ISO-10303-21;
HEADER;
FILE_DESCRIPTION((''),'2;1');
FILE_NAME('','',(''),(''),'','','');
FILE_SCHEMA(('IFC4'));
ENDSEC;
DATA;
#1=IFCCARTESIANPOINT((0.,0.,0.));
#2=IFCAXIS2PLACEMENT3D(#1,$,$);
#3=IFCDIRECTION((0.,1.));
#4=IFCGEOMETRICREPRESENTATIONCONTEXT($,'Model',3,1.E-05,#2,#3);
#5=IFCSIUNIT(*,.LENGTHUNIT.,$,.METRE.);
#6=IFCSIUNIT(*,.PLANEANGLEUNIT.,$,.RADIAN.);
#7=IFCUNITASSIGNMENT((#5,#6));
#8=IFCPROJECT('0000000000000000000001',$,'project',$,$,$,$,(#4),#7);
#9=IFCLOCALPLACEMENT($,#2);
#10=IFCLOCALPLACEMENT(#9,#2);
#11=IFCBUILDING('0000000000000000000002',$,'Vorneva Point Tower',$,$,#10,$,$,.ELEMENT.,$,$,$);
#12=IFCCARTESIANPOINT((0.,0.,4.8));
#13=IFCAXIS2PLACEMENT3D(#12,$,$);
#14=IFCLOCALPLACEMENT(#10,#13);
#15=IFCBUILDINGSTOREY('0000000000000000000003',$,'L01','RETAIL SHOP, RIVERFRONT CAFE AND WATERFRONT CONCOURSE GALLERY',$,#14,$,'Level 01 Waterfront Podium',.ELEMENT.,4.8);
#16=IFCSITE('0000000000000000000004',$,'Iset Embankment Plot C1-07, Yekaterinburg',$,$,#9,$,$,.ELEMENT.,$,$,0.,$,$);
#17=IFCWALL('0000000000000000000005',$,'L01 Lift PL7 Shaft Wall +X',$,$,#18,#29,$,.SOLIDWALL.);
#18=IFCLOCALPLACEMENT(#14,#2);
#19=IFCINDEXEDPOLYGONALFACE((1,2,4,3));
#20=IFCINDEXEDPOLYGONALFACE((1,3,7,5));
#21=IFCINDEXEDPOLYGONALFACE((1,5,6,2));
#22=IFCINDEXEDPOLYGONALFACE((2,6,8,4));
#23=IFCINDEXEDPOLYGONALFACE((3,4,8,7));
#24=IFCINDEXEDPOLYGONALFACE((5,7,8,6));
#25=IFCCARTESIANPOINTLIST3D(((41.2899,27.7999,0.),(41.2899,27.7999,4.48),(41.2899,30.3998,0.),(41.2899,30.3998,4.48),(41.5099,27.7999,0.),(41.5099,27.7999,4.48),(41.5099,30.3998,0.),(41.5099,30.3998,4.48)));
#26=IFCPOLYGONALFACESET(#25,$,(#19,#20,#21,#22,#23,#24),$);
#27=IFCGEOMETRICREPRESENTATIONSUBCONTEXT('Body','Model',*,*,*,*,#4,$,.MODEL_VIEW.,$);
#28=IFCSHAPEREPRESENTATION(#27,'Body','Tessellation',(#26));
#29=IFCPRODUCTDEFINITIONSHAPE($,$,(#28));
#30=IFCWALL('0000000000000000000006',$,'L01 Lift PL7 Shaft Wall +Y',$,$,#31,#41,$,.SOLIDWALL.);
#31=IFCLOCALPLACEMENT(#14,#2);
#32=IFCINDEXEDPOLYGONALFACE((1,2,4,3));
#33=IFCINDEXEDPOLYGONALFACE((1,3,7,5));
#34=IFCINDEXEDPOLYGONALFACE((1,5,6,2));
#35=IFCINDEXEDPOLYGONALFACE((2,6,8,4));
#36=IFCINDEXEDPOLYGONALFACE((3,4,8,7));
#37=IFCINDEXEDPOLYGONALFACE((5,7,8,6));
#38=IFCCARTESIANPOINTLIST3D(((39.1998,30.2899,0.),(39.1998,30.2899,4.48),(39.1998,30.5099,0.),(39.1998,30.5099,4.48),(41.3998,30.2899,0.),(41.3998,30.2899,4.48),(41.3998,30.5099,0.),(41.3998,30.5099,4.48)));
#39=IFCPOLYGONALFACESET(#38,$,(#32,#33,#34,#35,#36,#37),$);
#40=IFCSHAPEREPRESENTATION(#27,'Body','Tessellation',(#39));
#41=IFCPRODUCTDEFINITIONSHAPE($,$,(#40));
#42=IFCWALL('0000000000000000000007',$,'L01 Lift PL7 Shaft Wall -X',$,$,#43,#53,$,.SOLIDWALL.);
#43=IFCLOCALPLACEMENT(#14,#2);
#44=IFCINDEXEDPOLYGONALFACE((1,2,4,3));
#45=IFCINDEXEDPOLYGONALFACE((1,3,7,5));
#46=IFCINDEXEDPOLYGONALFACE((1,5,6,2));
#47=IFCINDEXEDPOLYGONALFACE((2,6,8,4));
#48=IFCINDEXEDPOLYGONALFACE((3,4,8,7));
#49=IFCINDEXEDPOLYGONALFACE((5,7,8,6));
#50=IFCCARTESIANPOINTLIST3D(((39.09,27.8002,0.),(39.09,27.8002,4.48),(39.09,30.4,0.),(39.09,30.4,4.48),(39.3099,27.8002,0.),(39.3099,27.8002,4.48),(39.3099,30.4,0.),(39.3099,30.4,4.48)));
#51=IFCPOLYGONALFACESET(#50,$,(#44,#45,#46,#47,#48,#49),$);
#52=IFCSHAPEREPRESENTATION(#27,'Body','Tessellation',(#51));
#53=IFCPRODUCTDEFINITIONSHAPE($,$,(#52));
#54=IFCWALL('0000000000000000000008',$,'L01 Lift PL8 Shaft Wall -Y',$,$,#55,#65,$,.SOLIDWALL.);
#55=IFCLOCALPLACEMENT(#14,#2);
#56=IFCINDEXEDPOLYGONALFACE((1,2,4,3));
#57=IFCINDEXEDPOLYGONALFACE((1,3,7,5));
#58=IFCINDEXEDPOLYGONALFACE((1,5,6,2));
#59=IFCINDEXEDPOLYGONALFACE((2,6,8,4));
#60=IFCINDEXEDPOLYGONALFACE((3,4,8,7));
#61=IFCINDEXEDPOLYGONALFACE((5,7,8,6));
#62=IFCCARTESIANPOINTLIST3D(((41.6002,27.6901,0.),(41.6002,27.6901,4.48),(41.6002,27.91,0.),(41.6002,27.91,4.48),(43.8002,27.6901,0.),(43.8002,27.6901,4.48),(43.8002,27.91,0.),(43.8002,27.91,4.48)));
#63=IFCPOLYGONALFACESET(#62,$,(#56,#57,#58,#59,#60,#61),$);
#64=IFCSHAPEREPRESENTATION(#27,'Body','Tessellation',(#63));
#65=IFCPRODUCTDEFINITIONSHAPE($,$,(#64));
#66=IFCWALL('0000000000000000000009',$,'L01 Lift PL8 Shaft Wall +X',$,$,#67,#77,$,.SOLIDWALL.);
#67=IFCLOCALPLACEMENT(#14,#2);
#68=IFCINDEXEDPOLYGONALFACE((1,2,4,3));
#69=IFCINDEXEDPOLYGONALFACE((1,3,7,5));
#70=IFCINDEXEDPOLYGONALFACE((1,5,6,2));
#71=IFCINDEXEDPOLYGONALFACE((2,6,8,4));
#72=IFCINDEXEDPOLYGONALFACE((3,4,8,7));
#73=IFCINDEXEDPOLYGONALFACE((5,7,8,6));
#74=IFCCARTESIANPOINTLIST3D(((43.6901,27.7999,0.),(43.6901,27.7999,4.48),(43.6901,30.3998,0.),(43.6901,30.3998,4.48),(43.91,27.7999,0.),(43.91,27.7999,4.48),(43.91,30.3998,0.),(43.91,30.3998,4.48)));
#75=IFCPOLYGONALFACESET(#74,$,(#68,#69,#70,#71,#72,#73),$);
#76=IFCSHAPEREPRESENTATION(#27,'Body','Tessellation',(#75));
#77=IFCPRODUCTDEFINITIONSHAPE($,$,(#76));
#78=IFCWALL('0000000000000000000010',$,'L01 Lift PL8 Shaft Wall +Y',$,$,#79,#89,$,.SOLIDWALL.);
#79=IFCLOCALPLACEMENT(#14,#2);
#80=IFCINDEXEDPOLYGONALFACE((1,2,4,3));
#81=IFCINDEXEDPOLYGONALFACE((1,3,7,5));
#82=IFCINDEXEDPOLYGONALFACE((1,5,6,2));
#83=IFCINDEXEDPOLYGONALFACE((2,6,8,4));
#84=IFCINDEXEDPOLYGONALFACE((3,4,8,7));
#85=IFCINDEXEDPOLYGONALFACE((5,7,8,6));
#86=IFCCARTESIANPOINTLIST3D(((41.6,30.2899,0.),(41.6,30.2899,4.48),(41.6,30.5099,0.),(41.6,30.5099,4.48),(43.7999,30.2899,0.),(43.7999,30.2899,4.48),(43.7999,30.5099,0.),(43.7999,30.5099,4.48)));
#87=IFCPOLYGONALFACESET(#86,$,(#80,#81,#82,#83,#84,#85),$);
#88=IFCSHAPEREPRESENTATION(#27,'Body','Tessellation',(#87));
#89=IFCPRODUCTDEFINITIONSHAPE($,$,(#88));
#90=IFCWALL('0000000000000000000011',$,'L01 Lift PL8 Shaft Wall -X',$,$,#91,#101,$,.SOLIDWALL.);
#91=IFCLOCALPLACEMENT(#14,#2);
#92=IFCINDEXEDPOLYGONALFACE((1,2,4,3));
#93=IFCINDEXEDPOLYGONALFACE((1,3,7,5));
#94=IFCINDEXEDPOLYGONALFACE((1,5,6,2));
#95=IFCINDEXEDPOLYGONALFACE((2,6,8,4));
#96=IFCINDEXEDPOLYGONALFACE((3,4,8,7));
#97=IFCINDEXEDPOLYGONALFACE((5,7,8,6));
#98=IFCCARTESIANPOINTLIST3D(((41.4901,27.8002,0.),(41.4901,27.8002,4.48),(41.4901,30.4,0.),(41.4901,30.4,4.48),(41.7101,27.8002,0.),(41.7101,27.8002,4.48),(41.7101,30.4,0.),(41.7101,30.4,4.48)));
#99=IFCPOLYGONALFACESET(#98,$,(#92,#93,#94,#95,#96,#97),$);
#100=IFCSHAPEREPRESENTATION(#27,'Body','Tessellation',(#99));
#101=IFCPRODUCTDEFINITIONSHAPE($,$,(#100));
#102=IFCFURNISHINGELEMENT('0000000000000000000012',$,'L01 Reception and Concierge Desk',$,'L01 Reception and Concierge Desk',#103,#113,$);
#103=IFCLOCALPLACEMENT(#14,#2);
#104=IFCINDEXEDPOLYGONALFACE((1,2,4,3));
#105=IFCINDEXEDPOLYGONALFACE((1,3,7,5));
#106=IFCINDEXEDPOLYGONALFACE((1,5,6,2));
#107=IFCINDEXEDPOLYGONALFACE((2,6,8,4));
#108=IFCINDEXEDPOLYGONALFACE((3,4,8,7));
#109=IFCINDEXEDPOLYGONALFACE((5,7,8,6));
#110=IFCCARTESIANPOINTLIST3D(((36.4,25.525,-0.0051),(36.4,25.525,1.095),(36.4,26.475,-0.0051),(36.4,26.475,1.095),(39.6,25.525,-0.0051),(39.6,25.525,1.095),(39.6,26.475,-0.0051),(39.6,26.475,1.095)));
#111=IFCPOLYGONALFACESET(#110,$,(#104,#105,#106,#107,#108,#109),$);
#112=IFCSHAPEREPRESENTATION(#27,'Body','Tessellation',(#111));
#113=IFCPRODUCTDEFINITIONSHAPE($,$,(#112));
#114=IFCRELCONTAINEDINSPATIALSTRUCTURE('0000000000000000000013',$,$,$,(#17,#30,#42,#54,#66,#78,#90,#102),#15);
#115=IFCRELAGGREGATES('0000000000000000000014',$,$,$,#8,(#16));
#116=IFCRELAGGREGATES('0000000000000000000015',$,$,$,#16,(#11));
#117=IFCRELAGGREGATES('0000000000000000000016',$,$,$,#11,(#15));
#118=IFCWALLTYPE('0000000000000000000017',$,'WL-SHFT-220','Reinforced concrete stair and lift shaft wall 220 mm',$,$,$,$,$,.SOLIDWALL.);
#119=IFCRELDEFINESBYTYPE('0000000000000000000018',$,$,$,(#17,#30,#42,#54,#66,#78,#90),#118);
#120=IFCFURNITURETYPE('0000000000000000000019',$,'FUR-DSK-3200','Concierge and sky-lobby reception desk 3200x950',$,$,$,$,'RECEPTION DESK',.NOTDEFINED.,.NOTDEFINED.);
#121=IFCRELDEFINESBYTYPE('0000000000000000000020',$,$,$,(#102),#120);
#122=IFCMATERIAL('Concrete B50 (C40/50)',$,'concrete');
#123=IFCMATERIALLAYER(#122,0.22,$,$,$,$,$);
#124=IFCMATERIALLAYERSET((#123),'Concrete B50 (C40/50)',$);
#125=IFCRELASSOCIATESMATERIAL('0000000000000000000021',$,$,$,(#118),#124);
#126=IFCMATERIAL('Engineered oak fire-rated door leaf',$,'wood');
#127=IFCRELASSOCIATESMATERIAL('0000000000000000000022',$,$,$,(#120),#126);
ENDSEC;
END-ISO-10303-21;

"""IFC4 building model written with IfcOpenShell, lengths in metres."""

from ifc_helpers import new_model, si_unit, direction, frame, frame_2d, origin, origin_2d, place, context, subcontext, project, spatial, rectangle, extrude, material, layer, layer_set, type_object, element, save


model = new_model("IFC4")

# Units and contexts
model_context = context("Model", 3, precision=1e-05, world=origin(), true_north=direction((0.0, 1.0)))
body_context = subcontext(model_context, "Body", "Model", "MODEL_VIEW")
ifc_project = project(units=[si_unit("LENGTHUNIT", "METRE"), si_unit("PLANEANGLEUNIT", "RADIAN")], contexts=[model_context])

# Site, building, storey
site_placement = place(None, origin())
site = spatial("IfcSite", under=ifc_project, at=site_placement, Name="Iset Embankment Plot C1-07, Yekaterinburg", CompositionType="ELEMENT", RefElevation=0.0)
building_placement = place(site_placement, origin())
building = spatial("IfcBuilding", under=site, at=building_placement, Name="Vorneva Point Tower", CompositionType="ELEMENT")
storey_placement = place(building_placement, frame((0.0, 0.0, 4.8)))
storey = spatial("IfcBuildingStorey", under=building, at=storey_placement, Name="L01", Description="RETAIL SHOP, RIVERFRONT CAFE AND WATERFRONT CONCOURSE GALLERY", LongName="Level 01 Waterfront Podium", CompositionType="ELEMENT", Elevation=4.8)

# Shared definitions
ifc_material_1 = material(Name="Engineered oak fire-rated door leaf", Category="wood")

# Walls
ifc_material_2 = material(Name="Concrete B50 (C40/50)", Category="concrete")
ifc_layer_1 = layer(ifc_material_2, 0.22)
ifc_layer_set_1 = layer_set([ifc_layer_1], Name="Concrete B50 (C40/50)")
wall_type_1 = type_object("IfcWallType", Name="WL-SHFT-220", Description="Reinforced concrete stair and lift shaft wall 220 mm", PredefinedType="SOLIDWALL", material=ifc_layer_set_1)
wall_1_placement = place(storey_placement, frame((41.3999, 27.8, 0.0), z_axis=(0.0, 0.0, 1.0), x_axis=(0.0, 1.0, 0.0)))
element("IfcWall", 1, at=wall_1_placement, inside=storey, type_object=wall_type_1, Name="L01 Lift PL7 Shaft Wall +X", PredefinedType="SOLIDWALL", context=body_context, shape_type="SweptSolid", body=[
    extrude(rectangle(XDim=2.5999, YDim=0.22, at=frame_2d((1.2998, 0.0))), origin(), (0.0, 0.0, 1.0), 4.48),
])
wall_2_placement = place(storey_placement, frame((41.3999, 30.3999, 0.0), z_axis=(0.0, 0.0, 1.0), x_axis=(-1.0, 0.0, 0.0)))
element("IfcWall", 2, at=wall_2_placement, inside=storey, type_object=wall_type_1, Name="L01 Lift PL7 Shaft Wall +Y", PredefinedType="SOLIDWALL", context=body_context, shape_type="SweptSolid", body=[
    extrude(rectangle(XDim=2.2, YDim=0.22, at=frame_2d((1.1001, 0.0))), origin(), (0.0, 0.0, 1.0), 4.48),
])
wall_3_placement = place(storey_placement, frame((39.2, 30.3999, 0.0), z_axis=(0.0, 0.0, 1.0), x_axis=(0.0, -1.0, 0.0)))
element("IfcWall", 3, at=wall_3_placement, inside=storey, type_object=wall_type_1, Name="L01 Lift PL7 Shaft Wall -X", PredefinedType="SOLIDWALL", context=body_context, shape_type="SweptSolid", body=[
    extrude(rectangle(XDim=2.5999, YDim=0.22, at=frame_2d((1.2998, 0.0))), origin(), (0.0, 0.0, 1.0), 4.48),
])
wall_4_placement = place(storey_placement, frame((41.6001, 27.8, 0.0), z_axis=(0.0, 0.0, 1.0), x_axis=(1.0, 0.0, 0.0)))
element("IfcWall", 4, at=wall_4_placement, inside=storey, type_object=wall_type_1, Name="L01 Lift PL8 Shaft Wall -Y", PredefinedType="SOLIDWALL", context=body_context, shape_type="SweptSolid", body=[
    extrude(rectangle(XDim=2.2, YDim=0.22, at=frame_2d((1.1001, 0.0))), origin(), (0.0, 0.0, 1.0), 4.48),
])
wall_5_placement = place(storey_placement, frame((43.8, 27.8, 0.0), z_axis=(0.0, 0.0, 1.0), x_axis=(0.0, 1.0, 0.0)))
element("IfcWall", 5, at=wall_5_placement, inside=storey, type_object=wall_type_1, Name="L01 Lift PL8 Shaft Wall +X", PredefinedType="SOLIDWALL", context=body_context, shape_type="SweptSolid", body=[
    extrude(rectangle(XDim=2.5999, YDim=0.22, at=frame_2d((1.2998, 0.0))), origin(), (0.0, 0.0, 1.0), 4.48),
])
wall_6_placement = place(storey_placement, frame((43.8, 30.3999, 0.0), z_axis=(0.0, 0.0, 1.0), x_axis=(-1.0, 0.0, 0.0)))
element("IfcWall", 6, at=wall_6_placement, inside=storey, type_object=wall_type_1, Name="L01 Lift PL8 Shaft Wall +Y", PredefinedType="SOLIDWALL", context=body_context, shape_type="SweptSolid", body=[
    extrude(rectangle(XDim=2.2, YDim=0.22, at=frame_2d((1.1001, 0.0))), origin(), (0.0, 0.0, 1.0), 4.48),
])
wall_7_placement = place(storey_placement, frame((41.6001, 30.3999, 0.0), z_axis=(0.0, 0.0, 1.0), x_axis=(0.0, -1.0, 0.0)))
element("IfcWall", 7, at=wall_7_placement, inside=storey, type_object=wall_type_1, Name="L01 Lift PL8 Shaft Wall -X", PredefinedType="SOLIDWALL", context=body_context, shape_type="SweptSolid", body=[
    extrude(rectangle(XDim=2.5999, YDim=0.22, at=frame_2d((1.2998, 0.0))), origin(), (0.0, 0.0, 1.0), 4.48),
])

# Furnishing element
furniture_type = type_object("IfcFurnitureType", Name="FUR-DSK-3200", Description="Concierge and sky-lobby reception desk 3200x950", ElementType="RECEPTION DESK", AssemblyPlace="NOTDEFINED", PredefinedType="NOTDEFINED", material=ifc_material_1)
furnishing_placement = place(storey_placement, frame((38.0, 26.0, -0.0051), z_axis=(0.0, 0.0, 1.0), x_axis=(1.0, 0.0, 0.0)))
element("IfcFurnishingElement", 8, at=furnishing_placement, inside=storey, type_object=furniture_type, Name="L01 Reception and Concierge Desk", ObjectType="L01 Reception and Concierge Desk", context=body_context, shape_type="SweptSolid", body=[
    extrude(rectangle(XDim=3.2, YDim=0.95, at=origin_2d()), origin(), (0.0, 0.0, 1.0), 1.1001),
])

save(model, "model.ifc")
